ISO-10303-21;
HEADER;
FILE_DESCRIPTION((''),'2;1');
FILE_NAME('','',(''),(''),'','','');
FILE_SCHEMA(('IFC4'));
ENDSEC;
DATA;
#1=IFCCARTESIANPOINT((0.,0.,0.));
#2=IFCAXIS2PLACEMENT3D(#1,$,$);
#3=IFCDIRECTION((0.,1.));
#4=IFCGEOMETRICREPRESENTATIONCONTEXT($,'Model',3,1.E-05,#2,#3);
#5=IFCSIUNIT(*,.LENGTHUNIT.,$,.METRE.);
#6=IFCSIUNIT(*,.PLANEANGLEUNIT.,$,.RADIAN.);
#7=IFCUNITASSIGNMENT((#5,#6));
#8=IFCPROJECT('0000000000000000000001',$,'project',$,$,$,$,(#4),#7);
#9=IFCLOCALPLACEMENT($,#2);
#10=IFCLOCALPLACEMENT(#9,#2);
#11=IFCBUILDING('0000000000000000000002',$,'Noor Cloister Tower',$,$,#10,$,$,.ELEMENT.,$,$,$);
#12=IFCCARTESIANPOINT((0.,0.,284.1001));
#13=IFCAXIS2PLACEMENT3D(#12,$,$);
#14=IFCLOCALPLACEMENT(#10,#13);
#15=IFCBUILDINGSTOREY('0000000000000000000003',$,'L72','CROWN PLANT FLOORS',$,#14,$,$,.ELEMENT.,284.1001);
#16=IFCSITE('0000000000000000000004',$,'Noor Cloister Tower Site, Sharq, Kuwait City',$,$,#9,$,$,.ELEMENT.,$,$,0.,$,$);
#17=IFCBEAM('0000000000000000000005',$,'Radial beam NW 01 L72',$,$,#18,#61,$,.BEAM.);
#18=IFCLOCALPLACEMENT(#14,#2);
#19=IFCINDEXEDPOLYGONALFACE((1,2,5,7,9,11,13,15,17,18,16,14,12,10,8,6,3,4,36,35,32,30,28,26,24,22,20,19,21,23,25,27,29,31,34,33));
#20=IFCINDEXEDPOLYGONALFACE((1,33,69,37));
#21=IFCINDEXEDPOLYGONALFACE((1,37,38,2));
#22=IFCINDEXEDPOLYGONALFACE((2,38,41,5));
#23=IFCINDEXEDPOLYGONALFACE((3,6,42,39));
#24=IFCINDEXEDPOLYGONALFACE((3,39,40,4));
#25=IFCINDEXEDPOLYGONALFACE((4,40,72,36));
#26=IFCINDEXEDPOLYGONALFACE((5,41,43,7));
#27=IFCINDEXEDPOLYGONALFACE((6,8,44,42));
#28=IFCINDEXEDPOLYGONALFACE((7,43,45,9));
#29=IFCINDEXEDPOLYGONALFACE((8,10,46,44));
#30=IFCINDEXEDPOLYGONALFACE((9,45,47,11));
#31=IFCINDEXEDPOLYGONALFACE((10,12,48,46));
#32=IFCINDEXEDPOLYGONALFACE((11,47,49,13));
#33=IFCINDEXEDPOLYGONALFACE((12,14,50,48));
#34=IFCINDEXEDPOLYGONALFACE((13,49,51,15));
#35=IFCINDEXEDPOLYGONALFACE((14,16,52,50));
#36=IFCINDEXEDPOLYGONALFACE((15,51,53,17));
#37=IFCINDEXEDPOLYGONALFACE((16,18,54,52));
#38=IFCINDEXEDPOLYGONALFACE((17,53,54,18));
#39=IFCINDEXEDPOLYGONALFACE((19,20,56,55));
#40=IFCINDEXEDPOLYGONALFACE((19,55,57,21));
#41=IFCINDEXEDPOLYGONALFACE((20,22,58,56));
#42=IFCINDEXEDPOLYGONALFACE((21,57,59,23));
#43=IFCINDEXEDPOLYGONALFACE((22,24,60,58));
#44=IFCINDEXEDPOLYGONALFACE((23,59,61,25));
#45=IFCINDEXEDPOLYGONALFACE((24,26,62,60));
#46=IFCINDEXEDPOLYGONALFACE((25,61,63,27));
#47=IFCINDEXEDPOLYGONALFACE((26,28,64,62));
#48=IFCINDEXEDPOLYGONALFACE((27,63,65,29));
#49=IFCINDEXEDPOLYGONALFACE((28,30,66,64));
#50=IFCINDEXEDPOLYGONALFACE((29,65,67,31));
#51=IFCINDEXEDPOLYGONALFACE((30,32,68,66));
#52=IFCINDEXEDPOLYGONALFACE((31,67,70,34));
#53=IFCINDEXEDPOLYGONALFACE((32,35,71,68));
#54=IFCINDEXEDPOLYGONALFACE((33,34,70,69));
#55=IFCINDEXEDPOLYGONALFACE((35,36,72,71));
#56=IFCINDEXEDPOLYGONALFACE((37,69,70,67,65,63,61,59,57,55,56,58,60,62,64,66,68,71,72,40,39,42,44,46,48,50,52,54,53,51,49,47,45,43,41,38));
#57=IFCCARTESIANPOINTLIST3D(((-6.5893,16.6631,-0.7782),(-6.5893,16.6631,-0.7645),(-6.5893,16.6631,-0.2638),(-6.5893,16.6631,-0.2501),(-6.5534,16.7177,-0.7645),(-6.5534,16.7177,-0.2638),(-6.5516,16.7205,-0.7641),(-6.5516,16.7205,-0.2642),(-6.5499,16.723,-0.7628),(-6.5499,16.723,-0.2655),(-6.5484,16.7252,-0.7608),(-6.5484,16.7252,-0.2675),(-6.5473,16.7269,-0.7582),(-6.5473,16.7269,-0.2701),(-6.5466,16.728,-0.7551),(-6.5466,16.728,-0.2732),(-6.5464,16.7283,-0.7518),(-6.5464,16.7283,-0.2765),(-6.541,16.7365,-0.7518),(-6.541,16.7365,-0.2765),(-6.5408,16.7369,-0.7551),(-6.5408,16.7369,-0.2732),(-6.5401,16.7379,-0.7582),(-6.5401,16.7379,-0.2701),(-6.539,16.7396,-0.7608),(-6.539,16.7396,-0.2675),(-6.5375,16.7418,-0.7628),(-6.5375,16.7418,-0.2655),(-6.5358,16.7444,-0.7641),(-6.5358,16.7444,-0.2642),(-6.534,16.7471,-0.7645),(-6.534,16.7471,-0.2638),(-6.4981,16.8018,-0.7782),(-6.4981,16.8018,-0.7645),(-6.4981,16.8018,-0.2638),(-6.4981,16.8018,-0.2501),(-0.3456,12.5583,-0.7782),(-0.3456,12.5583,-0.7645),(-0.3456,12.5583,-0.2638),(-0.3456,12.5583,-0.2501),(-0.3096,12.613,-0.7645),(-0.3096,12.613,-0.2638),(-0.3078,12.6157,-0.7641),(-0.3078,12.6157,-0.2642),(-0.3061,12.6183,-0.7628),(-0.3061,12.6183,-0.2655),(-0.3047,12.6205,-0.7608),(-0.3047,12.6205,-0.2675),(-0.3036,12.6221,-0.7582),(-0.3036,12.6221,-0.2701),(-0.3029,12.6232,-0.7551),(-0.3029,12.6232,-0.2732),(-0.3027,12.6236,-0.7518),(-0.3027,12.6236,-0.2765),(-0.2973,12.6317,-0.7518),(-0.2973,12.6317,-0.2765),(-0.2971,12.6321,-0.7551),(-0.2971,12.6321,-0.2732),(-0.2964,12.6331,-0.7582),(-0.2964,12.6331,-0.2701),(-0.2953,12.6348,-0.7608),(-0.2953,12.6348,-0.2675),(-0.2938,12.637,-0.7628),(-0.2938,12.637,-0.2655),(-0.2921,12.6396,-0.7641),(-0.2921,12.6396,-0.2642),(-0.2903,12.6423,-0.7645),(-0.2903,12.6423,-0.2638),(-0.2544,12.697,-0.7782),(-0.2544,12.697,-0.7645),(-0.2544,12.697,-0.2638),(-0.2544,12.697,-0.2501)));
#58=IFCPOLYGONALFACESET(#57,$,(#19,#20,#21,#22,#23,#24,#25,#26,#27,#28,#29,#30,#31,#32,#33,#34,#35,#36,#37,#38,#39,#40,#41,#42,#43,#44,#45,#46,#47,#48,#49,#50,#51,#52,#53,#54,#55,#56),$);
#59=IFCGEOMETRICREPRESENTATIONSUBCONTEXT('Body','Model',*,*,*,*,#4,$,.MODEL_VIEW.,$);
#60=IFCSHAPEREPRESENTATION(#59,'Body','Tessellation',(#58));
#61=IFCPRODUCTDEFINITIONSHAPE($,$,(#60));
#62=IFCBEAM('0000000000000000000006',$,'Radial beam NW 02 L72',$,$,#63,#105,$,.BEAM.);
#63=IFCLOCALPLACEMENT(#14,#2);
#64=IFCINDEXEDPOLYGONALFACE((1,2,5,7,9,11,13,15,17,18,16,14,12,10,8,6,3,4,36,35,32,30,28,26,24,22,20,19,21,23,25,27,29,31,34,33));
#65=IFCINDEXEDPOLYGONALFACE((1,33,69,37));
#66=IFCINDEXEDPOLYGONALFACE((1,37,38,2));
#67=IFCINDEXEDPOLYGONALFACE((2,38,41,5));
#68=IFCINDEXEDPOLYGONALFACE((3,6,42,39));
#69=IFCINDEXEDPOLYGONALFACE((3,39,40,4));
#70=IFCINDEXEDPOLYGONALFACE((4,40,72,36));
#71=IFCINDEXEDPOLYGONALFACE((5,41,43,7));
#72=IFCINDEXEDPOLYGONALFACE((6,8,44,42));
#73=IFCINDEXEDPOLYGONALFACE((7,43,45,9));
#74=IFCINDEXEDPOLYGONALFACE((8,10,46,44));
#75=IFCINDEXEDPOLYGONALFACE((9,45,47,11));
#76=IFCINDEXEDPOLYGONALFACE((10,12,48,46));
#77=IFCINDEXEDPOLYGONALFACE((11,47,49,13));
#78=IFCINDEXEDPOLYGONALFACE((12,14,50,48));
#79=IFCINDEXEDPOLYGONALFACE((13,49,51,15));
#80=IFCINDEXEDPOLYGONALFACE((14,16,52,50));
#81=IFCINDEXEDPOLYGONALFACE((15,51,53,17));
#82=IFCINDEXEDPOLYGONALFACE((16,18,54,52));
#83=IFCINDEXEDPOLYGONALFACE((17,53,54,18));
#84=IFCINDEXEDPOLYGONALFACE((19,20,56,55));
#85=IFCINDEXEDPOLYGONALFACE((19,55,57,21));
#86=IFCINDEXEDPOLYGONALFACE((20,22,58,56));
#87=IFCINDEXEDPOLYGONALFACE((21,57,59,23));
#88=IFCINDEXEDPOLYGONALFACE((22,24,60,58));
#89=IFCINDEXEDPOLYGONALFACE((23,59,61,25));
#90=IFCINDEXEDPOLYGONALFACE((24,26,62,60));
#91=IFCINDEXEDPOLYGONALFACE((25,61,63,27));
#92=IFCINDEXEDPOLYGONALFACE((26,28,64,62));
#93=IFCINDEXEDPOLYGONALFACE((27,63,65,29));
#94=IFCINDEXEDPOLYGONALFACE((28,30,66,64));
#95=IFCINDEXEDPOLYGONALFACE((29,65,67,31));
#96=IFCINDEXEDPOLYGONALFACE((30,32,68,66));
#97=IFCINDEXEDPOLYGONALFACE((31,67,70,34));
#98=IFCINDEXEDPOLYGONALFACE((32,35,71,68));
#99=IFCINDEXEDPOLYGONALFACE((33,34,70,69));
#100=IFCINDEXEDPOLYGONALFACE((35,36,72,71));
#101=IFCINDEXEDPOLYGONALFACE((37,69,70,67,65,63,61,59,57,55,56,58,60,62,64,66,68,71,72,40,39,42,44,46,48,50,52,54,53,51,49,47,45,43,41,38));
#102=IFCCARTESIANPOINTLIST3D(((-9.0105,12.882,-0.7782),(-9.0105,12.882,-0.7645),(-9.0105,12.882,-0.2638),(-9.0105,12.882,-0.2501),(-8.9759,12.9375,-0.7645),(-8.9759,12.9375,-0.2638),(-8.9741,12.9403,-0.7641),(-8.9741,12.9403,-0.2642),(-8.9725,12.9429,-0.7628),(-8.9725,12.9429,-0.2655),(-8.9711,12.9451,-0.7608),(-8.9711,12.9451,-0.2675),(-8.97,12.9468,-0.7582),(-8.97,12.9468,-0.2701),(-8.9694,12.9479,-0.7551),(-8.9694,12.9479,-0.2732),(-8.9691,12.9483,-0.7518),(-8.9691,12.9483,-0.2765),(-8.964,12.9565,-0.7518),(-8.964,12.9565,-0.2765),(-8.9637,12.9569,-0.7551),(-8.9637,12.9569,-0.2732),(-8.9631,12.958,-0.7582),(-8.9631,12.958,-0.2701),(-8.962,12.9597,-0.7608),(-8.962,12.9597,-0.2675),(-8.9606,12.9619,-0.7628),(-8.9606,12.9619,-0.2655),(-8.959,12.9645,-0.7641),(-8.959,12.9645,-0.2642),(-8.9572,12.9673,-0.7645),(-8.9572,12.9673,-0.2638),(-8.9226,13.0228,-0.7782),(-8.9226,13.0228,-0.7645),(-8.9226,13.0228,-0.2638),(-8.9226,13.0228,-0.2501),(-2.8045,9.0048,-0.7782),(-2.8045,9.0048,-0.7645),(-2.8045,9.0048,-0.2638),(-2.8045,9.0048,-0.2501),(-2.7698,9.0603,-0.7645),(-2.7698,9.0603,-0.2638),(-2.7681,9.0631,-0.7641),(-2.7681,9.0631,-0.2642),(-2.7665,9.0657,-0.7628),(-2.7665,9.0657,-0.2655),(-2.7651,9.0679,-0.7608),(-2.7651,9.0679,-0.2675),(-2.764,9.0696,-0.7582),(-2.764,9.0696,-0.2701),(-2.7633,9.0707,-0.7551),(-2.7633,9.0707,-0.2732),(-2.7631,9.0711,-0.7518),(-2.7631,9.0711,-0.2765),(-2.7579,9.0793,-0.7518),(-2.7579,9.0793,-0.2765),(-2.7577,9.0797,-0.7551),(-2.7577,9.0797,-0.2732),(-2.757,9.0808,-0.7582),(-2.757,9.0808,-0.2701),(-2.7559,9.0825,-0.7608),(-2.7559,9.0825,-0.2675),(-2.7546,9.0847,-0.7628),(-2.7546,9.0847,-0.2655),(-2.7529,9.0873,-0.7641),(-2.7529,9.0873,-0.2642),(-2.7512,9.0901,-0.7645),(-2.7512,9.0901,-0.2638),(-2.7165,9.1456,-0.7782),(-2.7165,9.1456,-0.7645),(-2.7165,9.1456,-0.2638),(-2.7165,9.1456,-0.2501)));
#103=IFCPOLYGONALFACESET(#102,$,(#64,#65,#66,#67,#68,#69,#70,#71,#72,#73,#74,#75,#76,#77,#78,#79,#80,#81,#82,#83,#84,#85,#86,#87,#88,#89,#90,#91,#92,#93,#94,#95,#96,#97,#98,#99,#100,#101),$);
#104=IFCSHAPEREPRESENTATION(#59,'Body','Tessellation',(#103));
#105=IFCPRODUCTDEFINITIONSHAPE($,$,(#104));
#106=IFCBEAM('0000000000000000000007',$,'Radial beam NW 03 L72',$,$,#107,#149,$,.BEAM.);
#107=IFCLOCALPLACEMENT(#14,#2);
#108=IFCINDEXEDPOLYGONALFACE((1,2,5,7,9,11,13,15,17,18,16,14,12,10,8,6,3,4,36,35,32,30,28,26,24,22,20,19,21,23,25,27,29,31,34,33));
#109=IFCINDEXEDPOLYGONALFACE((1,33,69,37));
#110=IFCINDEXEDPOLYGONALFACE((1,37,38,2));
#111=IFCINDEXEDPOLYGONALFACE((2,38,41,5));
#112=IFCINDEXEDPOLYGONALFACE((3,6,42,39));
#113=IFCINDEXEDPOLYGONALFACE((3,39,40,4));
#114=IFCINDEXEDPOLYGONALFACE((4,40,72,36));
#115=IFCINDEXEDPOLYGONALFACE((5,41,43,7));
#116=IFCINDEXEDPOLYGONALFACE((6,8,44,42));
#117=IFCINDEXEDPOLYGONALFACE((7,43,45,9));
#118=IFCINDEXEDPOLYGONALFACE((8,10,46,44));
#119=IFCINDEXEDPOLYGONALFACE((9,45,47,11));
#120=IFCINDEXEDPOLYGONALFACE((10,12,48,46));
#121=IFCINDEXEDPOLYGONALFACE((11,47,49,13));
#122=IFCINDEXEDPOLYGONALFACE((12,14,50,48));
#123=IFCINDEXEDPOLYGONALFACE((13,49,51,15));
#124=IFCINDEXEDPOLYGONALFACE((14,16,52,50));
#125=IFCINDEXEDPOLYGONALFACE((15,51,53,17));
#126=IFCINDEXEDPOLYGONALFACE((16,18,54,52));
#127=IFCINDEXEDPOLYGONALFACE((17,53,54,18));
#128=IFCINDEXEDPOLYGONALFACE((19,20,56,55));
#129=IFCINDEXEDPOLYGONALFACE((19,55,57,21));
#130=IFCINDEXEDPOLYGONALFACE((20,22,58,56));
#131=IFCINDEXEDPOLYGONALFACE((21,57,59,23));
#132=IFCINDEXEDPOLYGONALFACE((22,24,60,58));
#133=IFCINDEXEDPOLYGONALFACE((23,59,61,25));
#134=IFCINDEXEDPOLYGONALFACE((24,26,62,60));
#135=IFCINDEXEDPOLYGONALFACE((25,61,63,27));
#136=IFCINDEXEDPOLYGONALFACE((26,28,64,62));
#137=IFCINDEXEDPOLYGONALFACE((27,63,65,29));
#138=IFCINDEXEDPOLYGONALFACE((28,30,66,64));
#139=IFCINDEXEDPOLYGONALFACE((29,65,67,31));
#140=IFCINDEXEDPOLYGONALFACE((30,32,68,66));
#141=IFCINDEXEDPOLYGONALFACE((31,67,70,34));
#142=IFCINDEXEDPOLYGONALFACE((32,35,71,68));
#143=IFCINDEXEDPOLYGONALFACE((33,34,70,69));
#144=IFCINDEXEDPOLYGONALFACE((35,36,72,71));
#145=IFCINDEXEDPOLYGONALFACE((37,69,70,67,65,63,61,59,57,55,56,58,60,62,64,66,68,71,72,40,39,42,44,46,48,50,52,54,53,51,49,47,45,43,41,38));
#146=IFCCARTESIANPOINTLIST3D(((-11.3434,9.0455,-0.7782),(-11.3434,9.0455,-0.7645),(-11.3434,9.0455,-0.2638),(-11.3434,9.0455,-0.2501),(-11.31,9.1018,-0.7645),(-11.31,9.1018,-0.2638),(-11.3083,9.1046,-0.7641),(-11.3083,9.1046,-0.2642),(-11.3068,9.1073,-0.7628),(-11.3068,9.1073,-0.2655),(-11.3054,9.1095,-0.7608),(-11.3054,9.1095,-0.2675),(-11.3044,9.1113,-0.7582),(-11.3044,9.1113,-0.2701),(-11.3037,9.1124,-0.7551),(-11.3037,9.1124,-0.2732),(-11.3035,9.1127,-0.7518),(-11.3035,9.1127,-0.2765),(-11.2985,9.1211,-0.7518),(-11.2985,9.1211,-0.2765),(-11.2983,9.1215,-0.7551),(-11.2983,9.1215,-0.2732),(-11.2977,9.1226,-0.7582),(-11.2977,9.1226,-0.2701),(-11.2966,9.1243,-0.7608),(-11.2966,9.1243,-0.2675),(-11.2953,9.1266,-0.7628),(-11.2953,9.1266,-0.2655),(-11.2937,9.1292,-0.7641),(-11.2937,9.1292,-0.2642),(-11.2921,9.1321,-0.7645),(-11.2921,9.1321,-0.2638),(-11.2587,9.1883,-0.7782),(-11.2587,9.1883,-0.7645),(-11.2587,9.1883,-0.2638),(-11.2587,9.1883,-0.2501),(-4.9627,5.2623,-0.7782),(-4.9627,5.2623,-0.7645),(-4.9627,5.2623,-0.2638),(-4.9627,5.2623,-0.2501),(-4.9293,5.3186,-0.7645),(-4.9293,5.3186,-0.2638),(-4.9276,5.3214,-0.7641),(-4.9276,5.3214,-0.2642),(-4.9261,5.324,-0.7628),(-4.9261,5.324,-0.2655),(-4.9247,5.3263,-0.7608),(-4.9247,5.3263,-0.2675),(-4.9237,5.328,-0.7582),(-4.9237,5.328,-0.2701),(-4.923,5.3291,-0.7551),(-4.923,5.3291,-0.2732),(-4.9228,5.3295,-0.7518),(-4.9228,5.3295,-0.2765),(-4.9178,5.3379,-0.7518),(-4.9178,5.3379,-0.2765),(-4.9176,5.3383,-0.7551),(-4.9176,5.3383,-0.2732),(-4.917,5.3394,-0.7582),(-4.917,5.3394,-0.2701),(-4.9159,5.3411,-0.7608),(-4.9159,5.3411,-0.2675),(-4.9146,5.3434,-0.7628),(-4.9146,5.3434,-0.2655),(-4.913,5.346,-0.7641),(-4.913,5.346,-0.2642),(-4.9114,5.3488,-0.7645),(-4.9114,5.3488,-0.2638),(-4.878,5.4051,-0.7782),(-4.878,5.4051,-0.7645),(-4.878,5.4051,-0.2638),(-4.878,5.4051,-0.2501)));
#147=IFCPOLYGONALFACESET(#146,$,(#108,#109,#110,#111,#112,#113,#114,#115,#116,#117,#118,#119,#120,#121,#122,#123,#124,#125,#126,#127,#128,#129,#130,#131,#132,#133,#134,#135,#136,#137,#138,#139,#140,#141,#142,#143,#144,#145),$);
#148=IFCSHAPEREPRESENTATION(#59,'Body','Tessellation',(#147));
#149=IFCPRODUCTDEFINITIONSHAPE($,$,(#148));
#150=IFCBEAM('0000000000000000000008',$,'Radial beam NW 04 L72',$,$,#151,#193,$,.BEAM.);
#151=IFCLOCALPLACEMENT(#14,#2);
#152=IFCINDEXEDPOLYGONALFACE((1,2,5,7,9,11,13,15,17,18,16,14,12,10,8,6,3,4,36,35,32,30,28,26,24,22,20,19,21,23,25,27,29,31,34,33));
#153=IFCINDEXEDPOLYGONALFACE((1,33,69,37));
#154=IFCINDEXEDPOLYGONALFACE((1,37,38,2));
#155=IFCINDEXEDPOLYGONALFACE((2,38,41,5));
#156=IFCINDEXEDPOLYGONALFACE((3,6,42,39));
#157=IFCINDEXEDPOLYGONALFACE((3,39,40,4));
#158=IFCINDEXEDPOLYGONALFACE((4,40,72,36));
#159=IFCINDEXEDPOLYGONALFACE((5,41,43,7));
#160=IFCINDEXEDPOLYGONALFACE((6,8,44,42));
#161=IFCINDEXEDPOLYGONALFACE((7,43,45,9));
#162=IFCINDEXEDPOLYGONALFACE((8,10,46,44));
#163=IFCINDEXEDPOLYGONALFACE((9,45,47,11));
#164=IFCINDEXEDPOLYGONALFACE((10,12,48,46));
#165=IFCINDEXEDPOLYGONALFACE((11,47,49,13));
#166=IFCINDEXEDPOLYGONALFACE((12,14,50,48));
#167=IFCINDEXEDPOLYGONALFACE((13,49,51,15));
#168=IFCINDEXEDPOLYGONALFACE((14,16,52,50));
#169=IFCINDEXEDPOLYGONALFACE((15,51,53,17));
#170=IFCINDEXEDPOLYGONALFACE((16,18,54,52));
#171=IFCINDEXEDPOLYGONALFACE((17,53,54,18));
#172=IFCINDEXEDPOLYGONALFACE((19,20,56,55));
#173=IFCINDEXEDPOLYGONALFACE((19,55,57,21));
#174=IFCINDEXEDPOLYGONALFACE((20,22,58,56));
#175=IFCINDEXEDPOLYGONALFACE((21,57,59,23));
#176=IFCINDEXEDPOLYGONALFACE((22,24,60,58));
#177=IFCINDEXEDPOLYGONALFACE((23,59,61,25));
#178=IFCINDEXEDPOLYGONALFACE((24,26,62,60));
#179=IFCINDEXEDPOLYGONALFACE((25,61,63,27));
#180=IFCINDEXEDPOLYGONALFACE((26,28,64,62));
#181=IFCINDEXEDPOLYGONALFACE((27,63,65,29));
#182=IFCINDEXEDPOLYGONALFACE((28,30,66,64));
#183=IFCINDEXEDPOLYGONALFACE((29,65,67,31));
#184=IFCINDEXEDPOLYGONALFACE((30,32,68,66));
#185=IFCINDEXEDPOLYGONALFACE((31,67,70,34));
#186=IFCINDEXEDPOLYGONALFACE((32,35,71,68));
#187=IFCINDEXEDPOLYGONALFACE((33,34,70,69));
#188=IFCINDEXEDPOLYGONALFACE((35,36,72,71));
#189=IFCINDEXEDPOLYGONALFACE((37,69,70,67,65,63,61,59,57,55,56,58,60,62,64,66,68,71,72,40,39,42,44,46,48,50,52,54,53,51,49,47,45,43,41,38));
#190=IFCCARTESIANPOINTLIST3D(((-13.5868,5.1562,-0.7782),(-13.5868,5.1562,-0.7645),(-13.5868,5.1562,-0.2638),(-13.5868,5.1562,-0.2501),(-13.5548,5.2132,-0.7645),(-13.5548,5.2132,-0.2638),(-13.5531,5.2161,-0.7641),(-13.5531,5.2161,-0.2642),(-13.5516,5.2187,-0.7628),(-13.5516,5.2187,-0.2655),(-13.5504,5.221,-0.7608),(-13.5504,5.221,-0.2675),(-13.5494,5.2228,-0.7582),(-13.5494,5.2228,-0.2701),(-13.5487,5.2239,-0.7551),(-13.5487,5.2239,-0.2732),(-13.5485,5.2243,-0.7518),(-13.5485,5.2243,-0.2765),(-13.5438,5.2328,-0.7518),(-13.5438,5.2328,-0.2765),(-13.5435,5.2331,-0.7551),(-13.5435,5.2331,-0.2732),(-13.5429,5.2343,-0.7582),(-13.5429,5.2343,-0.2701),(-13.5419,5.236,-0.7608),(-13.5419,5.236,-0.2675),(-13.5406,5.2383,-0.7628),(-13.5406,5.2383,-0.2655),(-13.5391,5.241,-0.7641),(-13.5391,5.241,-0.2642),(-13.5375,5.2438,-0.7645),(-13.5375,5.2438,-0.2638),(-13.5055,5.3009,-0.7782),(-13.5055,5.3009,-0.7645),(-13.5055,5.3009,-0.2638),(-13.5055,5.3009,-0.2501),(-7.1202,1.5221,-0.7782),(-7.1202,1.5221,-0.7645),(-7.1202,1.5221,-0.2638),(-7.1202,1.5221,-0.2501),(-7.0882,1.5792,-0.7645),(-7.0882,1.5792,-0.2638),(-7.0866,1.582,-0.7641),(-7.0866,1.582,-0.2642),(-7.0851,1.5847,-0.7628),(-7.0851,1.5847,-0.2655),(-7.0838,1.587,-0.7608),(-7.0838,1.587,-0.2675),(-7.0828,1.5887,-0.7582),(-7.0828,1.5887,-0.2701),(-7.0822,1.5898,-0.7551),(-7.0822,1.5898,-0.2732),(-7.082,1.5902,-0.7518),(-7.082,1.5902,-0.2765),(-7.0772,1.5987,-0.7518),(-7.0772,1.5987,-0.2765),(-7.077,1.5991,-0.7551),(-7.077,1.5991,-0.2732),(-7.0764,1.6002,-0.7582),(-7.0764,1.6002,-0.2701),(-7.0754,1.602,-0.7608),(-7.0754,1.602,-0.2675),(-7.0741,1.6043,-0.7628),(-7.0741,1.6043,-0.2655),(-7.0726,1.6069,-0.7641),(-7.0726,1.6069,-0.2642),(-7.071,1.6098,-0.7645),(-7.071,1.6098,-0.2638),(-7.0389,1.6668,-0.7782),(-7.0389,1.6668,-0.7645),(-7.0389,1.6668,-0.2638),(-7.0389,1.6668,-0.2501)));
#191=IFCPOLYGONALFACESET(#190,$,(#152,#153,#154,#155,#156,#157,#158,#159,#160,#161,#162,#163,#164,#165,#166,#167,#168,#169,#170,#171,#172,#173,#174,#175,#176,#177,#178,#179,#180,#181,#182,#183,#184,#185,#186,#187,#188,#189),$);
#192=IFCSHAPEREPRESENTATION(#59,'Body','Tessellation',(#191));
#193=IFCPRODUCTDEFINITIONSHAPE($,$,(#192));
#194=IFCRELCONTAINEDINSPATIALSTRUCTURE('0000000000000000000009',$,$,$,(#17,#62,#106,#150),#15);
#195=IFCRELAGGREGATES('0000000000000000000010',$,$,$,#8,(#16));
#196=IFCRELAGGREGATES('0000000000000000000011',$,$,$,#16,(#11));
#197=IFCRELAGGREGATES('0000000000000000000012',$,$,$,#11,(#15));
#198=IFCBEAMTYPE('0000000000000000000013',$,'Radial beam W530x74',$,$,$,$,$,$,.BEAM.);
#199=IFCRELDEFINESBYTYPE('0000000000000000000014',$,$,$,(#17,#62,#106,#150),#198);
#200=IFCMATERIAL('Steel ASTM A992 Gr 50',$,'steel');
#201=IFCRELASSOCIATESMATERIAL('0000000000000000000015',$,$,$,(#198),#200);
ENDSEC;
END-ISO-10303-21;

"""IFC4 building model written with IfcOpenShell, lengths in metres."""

from ifc_helpers import new_model, si_unit, direction, frame, origin, origin_2d, place, context, subcontext, project, spatial, i_section, extrude, material, material_profile, profile_set, type_object, element, save


model = new_model("IFC4")

# Units and contexts
model_context = context("Model", 3, precision=1e-05, world=origin(), true_north=direction((0.0, 1.0)))
body_context = subcontext(model_context, "Body", "Model", "MODEL_VIEW")
ifc_project = project(units=[si_unit("LENGTHUNIT", "METRE"), si_unit("PLANEANGLEUNIT", "RADIAN")], contexts=[model_context])

# Site, building, storey
site_placement = place(None, origin())
site = spatial("IfcSite", under=ifc_project, at=site_placement, Name="Noor Cloister Tower Site, Sharq, Kuwait City", CompositionType="ELEMENT", RefElevation=0.0)
building_placement = place(site_placement, origin())
building = spatial("IfcBuilding", under=site, at=building_placement, Name="Noor Cloister Tower", CompositionType="ELEMENT")
storey_placement = place(building_placement, frame((0.0, 0.0, 284.1001)))
storey = spatial("IfcBuildingStorey", under=building, at=storey_placement, Name="L72", Description="CROWN PLANT FLOORS", CompositionType="ELEMENT", Elevation=284.1001)

# Beams
ifc_material_1 = material(Name="Steel ASTM A992 Gr 50", Category="steel")
ifc_material_profile_1 = material_profile(ifc_material_1, i_section(OverallWidth=0.166, OverallDepth=0.5281, WebThickness=0.0098, FlangeThickness=0.0137, FilletRadius=0.0127, at=origin_2d()), Name="W530x74")
ifc_profile_set_1 = profile_set([ifc_material_profile_1], Name="Steel ASTM A992 Gr 50")
beam_type_1 = type_object("IfcBeamType", Name="Radial beam W530x74", PredefinedType="BEAM", material=ifc_profile_set_1)
beam_1_placement = place(storey_placement, frame((-6.5437, 16.7324, -0.5142), z_axis=(0.835597, -0.549343, 0.0), x_axis=(0.549343, 0.835597, 0.0)))
element("IfcBeam", 1, at=beam_1_placement, inside=storey, type_object=beam_type_1, Name="Radial beam NW 01 L72", PredefinedType="BEAM", context=body_context, shape_type="SweptSolid", body=[
    extrude(i_section(OverallWidth=0.166, OverallDepth=0.5281, WebThickness=0.0098, FlangeThickness=0.0137, FilletRadius=0.0127, at=origin_2d()), origin(), (0.0, 0.0, 1.0), 7.4722),
])
beam_2_placement = place(storey_placement, frame((-8.9666, 12.9524, -0.5142), z_axis=(0.848096, -0.529843, 0.0), x_axis=(0.529843, 0.848096, 0.0)))
element("IfcBeam", 2, at=beam_2_placement, inside=storey, type_object=beam_type_1, Name="Radial beam NW 02 L72", PredefinedType="BEAM", context=body_context, shape_type="SweptSolid", body=[
    extrude(i_section(OverallWidth=0.166, OverallDepth=0.5281, WebThickness=0.0098, FlangeThickness=0.0137, FilletRadius=0.0127, at=origin_2d()), origin(), (0.0, 0.0, 1.0), 7.3176),
])
beam_3_placement = place(storey_placement, frame((-11.301, 9.1169, -0.5142), z_axis=(0.860167, -0.510012, 0.0), x_axis=(0.510012, 0.860167, 0.0)))
element("IfcBeam", 3, at=beam_3_placement, inside=storey, type_object=beam_type_1, Name="Radial beam NW 03 L72", PredefinedType="BEAM", context=body_context, shape_type="SweptSolid", body=[
    extrude(i_section(OverallWidth=0.166, OverallDepth=0.5281, WebThickness=0.0098, FlangeThickness=0.0137, FilletRadius=0.0127, at=origin_2d()), origin(), (0.0, 0.0, 1.0), 7.418),
])
beam_4_placement = place(storey_placement, frame((-13.5461, 5.2285, -0.5142), z_axis=(0.871771, -0.489913, 0.0), x_axis=(0.489913, 0.871771, 0.0)))
element("IfcBeam", 4, at=beam_4_placement, inside=storey, type_object=beam_type_1, Name="Radial beam NW 04 L72", PredefinedType="BEAM", context=body_context, shape_type="SweptSolid", body=[
    extrude(i_section(OverallWidth=0.166, OverallDepth=0.5281, WebThickness=0.0098, FlangeThickness=0.0137, FilletRadius=0.0127, at=origin_2d()), origin(), (0.0, 0.0, 1.0), 7.4177),
])

save(model, "model.ifc")
